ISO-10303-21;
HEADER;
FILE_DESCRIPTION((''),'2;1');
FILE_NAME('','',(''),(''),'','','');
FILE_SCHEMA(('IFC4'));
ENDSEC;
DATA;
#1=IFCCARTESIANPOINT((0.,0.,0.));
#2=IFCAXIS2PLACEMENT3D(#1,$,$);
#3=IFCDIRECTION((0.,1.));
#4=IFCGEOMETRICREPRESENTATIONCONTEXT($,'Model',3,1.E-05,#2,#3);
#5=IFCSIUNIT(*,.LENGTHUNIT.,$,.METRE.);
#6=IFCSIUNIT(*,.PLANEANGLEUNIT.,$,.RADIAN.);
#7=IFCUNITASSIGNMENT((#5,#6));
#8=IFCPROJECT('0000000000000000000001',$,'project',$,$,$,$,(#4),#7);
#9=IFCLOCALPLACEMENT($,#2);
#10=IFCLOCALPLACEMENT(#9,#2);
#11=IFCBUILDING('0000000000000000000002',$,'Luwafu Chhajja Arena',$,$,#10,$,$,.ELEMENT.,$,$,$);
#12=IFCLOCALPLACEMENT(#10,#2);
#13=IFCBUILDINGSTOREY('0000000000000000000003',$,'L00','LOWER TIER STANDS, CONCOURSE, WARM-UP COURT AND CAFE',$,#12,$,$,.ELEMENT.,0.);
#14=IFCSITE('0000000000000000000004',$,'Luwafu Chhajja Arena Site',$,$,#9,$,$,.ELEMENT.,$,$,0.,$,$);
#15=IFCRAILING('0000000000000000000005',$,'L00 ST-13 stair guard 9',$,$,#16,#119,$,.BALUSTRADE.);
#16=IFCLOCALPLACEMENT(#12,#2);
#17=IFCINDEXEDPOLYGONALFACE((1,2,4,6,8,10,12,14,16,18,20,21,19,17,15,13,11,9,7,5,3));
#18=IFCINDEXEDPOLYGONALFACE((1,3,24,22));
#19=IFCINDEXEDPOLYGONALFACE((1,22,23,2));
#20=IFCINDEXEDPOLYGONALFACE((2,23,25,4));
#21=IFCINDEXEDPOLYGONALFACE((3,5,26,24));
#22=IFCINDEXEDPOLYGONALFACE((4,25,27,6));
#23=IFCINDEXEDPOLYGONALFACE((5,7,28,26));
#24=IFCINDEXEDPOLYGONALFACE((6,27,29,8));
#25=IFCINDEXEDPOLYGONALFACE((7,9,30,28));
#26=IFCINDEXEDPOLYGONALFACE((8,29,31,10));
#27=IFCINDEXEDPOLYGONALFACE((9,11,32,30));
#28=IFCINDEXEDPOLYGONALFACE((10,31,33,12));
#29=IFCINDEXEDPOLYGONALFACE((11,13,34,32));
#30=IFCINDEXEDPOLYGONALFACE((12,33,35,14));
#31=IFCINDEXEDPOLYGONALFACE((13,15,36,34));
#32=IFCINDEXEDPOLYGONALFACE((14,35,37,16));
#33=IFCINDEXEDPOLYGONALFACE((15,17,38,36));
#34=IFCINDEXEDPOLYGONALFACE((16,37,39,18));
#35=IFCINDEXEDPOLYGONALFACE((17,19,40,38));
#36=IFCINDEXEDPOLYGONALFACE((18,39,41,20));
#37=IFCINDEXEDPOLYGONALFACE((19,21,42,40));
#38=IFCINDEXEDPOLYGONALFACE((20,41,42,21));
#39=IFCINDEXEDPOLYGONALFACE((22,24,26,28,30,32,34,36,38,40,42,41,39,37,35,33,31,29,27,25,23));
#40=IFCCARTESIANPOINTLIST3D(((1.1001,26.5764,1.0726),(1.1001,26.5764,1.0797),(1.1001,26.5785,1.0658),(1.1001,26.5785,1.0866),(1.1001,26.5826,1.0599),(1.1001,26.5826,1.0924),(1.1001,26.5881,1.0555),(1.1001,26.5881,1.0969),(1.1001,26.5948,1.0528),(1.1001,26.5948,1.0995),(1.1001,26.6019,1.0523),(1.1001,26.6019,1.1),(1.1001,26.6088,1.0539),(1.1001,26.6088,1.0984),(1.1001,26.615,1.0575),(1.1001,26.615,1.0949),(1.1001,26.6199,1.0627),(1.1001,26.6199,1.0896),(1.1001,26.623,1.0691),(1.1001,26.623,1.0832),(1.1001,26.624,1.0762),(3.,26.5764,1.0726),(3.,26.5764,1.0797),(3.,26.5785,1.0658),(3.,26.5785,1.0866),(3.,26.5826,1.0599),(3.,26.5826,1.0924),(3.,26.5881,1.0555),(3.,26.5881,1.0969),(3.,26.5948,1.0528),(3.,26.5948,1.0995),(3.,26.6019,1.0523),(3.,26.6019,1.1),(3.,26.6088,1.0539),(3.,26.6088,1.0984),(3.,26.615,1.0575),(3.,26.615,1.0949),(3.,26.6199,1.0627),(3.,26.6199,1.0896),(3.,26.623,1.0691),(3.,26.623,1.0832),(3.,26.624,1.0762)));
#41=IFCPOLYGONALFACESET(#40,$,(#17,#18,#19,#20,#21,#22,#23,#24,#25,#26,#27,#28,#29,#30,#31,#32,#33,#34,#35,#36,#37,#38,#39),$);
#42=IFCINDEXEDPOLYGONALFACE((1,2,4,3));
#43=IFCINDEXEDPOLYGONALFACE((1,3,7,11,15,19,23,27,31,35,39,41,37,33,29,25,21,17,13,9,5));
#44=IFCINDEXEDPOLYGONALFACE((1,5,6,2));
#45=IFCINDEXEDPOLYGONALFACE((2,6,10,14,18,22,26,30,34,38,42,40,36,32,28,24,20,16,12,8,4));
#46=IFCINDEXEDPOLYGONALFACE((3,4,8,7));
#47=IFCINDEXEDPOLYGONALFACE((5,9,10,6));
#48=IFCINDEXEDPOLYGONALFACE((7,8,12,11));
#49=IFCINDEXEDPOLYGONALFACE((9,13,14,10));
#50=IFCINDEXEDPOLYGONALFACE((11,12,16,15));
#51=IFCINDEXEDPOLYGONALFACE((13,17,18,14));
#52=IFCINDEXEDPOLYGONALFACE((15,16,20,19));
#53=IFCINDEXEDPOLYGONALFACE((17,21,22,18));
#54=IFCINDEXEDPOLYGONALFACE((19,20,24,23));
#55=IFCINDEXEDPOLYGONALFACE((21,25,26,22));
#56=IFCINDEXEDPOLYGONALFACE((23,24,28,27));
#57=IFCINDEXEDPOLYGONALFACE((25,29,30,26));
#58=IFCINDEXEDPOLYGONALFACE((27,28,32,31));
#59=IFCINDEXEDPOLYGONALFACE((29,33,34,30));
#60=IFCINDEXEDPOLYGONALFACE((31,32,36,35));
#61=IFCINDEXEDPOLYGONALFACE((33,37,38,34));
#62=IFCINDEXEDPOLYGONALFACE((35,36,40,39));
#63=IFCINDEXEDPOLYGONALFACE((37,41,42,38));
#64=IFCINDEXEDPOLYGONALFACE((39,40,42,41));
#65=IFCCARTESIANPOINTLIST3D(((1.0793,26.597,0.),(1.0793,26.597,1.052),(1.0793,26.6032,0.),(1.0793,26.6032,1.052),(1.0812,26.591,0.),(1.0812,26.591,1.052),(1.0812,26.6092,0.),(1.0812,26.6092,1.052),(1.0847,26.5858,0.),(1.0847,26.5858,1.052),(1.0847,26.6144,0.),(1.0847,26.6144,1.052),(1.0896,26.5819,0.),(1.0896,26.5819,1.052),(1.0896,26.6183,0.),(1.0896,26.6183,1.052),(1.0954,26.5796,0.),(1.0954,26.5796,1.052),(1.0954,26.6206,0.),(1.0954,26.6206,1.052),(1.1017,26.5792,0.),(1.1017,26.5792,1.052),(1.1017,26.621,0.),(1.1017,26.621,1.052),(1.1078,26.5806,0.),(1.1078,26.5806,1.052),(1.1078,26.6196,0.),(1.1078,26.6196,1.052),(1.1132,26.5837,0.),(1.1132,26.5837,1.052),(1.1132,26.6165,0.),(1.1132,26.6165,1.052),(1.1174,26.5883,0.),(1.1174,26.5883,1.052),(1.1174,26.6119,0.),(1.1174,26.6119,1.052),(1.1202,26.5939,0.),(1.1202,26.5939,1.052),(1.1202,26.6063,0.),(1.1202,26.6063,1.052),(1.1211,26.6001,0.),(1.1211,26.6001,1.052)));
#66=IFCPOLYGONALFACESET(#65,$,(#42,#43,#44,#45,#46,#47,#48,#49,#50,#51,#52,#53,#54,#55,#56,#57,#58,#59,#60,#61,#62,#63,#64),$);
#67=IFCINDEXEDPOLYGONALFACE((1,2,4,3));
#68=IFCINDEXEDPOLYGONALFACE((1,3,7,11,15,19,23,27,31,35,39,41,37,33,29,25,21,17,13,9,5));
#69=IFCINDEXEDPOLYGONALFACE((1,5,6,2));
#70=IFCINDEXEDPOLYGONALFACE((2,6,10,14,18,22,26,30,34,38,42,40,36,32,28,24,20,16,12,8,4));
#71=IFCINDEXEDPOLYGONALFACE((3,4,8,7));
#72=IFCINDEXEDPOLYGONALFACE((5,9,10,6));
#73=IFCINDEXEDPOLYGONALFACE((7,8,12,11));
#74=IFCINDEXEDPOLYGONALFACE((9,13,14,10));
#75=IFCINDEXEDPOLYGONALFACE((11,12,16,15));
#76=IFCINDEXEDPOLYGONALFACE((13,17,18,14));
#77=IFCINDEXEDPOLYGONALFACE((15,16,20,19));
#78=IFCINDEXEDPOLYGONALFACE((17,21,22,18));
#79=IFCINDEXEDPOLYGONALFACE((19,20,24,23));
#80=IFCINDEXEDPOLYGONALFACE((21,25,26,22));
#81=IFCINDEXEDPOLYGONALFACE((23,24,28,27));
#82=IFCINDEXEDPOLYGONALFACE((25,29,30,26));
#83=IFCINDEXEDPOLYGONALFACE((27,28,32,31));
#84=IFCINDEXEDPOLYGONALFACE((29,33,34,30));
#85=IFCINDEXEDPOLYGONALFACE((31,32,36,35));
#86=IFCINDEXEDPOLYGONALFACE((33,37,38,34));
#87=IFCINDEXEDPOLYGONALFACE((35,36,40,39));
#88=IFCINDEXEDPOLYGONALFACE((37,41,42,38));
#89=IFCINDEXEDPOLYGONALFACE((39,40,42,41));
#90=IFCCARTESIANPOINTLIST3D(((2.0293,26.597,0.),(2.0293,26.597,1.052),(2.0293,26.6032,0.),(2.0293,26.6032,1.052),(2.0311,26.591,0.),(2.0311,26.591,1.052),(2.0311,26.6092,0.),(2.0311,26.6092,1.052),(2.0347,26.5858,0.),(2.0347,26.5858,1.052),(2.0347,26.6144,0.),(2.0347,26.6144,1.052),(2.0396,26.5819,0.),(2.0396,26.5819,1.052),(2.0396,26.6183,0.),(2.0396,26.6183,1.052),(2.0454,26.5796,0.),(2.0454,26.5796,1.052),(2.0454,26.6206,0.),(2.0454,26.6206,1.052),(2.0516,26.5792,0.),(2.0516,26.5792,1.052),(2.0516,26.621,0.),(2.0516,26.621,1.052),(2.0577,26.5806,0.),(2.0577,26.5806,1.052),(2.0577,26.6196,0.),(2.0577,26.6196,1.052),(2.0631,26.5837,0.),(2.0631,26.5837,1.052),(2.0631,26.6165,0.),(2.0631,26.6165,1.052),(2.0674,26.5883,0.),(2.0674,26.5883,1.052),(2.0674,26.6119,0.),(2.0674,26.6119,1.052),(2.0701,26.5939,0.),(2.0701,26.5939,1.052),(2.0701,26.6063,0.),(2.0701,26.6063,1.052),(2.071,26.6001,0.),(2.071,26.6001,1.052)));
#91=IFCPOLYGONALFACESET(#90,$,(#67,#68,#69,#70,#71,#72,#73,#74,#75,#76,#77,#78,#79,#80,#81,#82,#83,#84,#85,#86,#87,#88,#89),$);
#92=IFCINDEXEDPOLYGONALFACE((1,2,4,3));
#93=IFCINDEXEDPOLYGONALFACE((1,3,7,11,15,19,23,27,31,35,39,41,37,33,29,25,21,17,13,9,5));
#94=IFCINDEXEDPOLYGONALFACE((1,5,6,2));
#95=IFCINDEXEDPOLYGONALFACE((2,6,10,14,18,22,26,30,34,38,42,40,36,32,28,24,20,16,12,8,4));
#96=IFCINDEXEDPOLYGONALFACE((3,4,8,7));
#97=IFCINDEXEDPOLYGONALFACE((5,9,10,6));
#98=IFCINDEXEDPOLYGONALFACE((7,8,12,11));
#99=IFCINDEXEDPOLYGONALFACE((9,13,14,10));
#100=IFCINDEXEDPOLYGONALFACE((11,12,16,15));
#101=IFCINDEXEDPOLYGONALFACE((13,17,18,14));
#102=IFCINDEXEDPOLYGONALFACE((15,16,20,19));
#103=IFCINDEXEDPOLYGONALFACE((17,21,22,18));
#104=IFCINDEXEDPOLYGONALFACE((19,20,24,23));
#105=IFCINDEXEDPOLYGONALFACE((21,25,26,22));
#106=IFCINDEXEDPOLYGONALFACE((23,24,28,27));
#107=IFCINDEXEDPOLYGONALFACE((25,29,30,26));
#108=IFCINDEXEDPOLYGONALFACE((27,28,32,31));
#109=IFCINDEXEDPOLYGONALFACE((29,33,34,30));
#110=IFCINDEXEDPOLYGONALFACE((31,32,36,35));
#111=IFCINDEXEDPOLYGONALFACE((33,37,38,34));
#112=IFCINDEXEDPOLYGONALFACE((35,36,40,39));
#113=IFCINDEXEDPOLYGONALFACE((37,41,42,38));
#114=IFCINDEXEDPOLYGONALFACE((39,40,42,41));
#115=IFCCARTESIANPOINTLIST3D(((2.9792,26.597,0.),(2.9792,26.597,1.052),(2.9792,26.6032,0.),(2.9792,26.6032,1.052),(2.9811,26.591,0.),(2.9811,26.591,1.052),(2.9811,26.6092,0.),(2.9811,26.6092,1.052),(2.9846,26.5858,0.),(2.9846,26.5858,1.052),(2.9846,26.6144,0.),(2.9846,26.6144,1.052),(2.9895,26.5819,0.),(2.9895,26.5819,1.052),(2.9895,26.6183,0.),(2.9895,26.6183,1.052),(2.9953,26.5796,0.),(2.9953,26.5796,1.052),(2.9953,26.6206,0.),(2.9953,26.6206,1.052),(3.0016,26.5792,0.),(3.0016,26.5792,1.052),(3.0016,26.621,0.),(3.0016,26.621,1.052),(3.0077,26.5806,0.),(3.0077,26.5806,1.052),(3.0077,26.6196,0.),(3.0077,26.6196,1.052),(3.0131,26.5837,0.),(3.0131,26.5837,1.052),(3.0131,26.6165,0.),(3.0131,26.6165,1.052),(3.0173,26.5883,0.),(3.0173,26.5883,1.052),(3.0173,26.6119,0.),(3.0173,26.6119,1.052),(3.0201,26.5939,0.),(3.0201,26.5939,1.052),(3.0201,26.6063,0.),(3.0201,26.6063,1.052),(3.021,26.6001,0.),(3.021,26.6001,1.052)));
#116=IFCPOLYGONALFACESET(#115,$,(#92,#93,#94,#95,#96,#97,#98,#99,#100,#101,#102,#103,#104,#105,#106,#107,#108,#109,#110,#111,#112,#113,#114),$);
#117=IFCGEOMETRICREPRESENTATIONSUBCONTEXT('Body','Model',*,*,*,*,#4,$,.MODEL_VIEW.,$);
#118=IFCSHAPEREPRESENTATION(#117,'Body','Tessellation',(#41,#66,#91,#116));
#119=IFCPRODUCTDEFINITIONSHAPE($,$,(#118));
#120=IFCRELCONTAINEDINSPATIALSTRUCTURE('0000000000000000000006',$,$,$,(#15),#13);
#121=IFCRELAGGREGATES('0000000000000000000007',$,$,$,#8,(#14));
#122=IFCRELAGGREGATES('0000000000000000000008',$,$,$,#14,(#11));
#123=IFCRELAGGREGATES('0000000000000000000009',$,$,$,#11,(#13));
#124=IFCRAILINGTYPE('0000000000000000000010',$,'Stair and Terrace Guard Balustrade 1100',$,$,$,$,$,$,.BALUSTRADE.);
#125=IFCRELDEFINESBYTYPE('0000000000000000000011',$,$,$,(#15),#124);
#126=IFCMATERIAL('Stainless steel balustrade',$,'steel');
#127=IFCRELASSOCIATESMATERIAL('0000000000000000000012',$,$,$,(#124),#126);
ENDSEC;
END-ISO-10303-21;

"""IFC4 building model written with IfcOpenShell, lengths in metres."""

from ifc_helpers import new_model, si_unit, direction, frame, origin, origin_2d, place, context, subcontext, project, spatial, circle, extrude, material, type_object, element, save


model = new_model("IFC4")

# Units and contexts
model_context = context("Model", 3, precision=1e-05, world=origin(), true_north=direction((0.0, 1.0)))
body_context = subcontext(model_context, "Body", "Model", "MODEL_VIEW")
ifc_project = project(units=[si_unit("LENGTHUNIT", "METRE"), si_unit("PLANEANGLEUNIT", "RADIAN")], contexts=[model_context])

# Site, building, storey
site_placement = place(None, origin())
site = spatial("IfcSite", under=ifc_project, at=site_placement, Name="Luwafu Chhajja Arena Site", CompositionType="ELEMENT", RefElevation=0.0)
building_placement = place(site_placement, origin())
building = spatial("IfcBuilding", under=site, at=building_placement, Name="Luwafu Chhajja Arena", CompositionType="ELEMENT")
storey_placement = place(building_placement, origin())
storey = spatial("IfcBuildingStorey", under=building, at=storey_placement, Name="L00", Description="LOWER TIER STANDS, CONCOURSE, WARM-UP COURT AND CAFE", CompositionType="ELEMENT", Elevation=0.0)

# Railing
ifc_material_1 = material(Name="Stainless steel balustrade", Category="steel")
railing_type_1 = type_object("IfcRailingType", Name="Stair and Terrace Guard Balustrade 1100", PredefinedType="BALUSTRADE", material=ifc_material_1)
for number, where, name in (
    (1, (1.1001, 26.6001, 0.0), "L00 ST-13 stair guard 9"),
):
    element("IfcRailing", number, at=place(storey_placement, frame(where)), inside=storey, type_object=railing_type_1, Name=name, PredefinedType="BALUSTRADE", context=body_context, shape_type="SweptSolid", body=[
        extrude(circle(Radius=0.0239, at=origin_2d()), frame((0.0, 0.0, 1.0762), z_axis=(1.0, 0.0, 0.0), x_axis=(0.0, 1.0, 0.0)), (0.0, 0.0, 1.0), 1.8999),
        extrude(circle(Radius=0.021, at=origin_2d()), origin(), (0.0, 0.0, 1.0), 1.052),
        extrude(circle(Radius=0.021, at=origin_2d()), frame((0.95, 0.0, 0.0)), (0.0, 0.0, 1.0), 1.052),
        extrude(circle(Radius=0.021, at=origin_2d()), frame((1.8999, 0.0, 0.0)), (0.0, 0.0, 1.0), 1.052),
    ])

save(model, "model.ifc")
